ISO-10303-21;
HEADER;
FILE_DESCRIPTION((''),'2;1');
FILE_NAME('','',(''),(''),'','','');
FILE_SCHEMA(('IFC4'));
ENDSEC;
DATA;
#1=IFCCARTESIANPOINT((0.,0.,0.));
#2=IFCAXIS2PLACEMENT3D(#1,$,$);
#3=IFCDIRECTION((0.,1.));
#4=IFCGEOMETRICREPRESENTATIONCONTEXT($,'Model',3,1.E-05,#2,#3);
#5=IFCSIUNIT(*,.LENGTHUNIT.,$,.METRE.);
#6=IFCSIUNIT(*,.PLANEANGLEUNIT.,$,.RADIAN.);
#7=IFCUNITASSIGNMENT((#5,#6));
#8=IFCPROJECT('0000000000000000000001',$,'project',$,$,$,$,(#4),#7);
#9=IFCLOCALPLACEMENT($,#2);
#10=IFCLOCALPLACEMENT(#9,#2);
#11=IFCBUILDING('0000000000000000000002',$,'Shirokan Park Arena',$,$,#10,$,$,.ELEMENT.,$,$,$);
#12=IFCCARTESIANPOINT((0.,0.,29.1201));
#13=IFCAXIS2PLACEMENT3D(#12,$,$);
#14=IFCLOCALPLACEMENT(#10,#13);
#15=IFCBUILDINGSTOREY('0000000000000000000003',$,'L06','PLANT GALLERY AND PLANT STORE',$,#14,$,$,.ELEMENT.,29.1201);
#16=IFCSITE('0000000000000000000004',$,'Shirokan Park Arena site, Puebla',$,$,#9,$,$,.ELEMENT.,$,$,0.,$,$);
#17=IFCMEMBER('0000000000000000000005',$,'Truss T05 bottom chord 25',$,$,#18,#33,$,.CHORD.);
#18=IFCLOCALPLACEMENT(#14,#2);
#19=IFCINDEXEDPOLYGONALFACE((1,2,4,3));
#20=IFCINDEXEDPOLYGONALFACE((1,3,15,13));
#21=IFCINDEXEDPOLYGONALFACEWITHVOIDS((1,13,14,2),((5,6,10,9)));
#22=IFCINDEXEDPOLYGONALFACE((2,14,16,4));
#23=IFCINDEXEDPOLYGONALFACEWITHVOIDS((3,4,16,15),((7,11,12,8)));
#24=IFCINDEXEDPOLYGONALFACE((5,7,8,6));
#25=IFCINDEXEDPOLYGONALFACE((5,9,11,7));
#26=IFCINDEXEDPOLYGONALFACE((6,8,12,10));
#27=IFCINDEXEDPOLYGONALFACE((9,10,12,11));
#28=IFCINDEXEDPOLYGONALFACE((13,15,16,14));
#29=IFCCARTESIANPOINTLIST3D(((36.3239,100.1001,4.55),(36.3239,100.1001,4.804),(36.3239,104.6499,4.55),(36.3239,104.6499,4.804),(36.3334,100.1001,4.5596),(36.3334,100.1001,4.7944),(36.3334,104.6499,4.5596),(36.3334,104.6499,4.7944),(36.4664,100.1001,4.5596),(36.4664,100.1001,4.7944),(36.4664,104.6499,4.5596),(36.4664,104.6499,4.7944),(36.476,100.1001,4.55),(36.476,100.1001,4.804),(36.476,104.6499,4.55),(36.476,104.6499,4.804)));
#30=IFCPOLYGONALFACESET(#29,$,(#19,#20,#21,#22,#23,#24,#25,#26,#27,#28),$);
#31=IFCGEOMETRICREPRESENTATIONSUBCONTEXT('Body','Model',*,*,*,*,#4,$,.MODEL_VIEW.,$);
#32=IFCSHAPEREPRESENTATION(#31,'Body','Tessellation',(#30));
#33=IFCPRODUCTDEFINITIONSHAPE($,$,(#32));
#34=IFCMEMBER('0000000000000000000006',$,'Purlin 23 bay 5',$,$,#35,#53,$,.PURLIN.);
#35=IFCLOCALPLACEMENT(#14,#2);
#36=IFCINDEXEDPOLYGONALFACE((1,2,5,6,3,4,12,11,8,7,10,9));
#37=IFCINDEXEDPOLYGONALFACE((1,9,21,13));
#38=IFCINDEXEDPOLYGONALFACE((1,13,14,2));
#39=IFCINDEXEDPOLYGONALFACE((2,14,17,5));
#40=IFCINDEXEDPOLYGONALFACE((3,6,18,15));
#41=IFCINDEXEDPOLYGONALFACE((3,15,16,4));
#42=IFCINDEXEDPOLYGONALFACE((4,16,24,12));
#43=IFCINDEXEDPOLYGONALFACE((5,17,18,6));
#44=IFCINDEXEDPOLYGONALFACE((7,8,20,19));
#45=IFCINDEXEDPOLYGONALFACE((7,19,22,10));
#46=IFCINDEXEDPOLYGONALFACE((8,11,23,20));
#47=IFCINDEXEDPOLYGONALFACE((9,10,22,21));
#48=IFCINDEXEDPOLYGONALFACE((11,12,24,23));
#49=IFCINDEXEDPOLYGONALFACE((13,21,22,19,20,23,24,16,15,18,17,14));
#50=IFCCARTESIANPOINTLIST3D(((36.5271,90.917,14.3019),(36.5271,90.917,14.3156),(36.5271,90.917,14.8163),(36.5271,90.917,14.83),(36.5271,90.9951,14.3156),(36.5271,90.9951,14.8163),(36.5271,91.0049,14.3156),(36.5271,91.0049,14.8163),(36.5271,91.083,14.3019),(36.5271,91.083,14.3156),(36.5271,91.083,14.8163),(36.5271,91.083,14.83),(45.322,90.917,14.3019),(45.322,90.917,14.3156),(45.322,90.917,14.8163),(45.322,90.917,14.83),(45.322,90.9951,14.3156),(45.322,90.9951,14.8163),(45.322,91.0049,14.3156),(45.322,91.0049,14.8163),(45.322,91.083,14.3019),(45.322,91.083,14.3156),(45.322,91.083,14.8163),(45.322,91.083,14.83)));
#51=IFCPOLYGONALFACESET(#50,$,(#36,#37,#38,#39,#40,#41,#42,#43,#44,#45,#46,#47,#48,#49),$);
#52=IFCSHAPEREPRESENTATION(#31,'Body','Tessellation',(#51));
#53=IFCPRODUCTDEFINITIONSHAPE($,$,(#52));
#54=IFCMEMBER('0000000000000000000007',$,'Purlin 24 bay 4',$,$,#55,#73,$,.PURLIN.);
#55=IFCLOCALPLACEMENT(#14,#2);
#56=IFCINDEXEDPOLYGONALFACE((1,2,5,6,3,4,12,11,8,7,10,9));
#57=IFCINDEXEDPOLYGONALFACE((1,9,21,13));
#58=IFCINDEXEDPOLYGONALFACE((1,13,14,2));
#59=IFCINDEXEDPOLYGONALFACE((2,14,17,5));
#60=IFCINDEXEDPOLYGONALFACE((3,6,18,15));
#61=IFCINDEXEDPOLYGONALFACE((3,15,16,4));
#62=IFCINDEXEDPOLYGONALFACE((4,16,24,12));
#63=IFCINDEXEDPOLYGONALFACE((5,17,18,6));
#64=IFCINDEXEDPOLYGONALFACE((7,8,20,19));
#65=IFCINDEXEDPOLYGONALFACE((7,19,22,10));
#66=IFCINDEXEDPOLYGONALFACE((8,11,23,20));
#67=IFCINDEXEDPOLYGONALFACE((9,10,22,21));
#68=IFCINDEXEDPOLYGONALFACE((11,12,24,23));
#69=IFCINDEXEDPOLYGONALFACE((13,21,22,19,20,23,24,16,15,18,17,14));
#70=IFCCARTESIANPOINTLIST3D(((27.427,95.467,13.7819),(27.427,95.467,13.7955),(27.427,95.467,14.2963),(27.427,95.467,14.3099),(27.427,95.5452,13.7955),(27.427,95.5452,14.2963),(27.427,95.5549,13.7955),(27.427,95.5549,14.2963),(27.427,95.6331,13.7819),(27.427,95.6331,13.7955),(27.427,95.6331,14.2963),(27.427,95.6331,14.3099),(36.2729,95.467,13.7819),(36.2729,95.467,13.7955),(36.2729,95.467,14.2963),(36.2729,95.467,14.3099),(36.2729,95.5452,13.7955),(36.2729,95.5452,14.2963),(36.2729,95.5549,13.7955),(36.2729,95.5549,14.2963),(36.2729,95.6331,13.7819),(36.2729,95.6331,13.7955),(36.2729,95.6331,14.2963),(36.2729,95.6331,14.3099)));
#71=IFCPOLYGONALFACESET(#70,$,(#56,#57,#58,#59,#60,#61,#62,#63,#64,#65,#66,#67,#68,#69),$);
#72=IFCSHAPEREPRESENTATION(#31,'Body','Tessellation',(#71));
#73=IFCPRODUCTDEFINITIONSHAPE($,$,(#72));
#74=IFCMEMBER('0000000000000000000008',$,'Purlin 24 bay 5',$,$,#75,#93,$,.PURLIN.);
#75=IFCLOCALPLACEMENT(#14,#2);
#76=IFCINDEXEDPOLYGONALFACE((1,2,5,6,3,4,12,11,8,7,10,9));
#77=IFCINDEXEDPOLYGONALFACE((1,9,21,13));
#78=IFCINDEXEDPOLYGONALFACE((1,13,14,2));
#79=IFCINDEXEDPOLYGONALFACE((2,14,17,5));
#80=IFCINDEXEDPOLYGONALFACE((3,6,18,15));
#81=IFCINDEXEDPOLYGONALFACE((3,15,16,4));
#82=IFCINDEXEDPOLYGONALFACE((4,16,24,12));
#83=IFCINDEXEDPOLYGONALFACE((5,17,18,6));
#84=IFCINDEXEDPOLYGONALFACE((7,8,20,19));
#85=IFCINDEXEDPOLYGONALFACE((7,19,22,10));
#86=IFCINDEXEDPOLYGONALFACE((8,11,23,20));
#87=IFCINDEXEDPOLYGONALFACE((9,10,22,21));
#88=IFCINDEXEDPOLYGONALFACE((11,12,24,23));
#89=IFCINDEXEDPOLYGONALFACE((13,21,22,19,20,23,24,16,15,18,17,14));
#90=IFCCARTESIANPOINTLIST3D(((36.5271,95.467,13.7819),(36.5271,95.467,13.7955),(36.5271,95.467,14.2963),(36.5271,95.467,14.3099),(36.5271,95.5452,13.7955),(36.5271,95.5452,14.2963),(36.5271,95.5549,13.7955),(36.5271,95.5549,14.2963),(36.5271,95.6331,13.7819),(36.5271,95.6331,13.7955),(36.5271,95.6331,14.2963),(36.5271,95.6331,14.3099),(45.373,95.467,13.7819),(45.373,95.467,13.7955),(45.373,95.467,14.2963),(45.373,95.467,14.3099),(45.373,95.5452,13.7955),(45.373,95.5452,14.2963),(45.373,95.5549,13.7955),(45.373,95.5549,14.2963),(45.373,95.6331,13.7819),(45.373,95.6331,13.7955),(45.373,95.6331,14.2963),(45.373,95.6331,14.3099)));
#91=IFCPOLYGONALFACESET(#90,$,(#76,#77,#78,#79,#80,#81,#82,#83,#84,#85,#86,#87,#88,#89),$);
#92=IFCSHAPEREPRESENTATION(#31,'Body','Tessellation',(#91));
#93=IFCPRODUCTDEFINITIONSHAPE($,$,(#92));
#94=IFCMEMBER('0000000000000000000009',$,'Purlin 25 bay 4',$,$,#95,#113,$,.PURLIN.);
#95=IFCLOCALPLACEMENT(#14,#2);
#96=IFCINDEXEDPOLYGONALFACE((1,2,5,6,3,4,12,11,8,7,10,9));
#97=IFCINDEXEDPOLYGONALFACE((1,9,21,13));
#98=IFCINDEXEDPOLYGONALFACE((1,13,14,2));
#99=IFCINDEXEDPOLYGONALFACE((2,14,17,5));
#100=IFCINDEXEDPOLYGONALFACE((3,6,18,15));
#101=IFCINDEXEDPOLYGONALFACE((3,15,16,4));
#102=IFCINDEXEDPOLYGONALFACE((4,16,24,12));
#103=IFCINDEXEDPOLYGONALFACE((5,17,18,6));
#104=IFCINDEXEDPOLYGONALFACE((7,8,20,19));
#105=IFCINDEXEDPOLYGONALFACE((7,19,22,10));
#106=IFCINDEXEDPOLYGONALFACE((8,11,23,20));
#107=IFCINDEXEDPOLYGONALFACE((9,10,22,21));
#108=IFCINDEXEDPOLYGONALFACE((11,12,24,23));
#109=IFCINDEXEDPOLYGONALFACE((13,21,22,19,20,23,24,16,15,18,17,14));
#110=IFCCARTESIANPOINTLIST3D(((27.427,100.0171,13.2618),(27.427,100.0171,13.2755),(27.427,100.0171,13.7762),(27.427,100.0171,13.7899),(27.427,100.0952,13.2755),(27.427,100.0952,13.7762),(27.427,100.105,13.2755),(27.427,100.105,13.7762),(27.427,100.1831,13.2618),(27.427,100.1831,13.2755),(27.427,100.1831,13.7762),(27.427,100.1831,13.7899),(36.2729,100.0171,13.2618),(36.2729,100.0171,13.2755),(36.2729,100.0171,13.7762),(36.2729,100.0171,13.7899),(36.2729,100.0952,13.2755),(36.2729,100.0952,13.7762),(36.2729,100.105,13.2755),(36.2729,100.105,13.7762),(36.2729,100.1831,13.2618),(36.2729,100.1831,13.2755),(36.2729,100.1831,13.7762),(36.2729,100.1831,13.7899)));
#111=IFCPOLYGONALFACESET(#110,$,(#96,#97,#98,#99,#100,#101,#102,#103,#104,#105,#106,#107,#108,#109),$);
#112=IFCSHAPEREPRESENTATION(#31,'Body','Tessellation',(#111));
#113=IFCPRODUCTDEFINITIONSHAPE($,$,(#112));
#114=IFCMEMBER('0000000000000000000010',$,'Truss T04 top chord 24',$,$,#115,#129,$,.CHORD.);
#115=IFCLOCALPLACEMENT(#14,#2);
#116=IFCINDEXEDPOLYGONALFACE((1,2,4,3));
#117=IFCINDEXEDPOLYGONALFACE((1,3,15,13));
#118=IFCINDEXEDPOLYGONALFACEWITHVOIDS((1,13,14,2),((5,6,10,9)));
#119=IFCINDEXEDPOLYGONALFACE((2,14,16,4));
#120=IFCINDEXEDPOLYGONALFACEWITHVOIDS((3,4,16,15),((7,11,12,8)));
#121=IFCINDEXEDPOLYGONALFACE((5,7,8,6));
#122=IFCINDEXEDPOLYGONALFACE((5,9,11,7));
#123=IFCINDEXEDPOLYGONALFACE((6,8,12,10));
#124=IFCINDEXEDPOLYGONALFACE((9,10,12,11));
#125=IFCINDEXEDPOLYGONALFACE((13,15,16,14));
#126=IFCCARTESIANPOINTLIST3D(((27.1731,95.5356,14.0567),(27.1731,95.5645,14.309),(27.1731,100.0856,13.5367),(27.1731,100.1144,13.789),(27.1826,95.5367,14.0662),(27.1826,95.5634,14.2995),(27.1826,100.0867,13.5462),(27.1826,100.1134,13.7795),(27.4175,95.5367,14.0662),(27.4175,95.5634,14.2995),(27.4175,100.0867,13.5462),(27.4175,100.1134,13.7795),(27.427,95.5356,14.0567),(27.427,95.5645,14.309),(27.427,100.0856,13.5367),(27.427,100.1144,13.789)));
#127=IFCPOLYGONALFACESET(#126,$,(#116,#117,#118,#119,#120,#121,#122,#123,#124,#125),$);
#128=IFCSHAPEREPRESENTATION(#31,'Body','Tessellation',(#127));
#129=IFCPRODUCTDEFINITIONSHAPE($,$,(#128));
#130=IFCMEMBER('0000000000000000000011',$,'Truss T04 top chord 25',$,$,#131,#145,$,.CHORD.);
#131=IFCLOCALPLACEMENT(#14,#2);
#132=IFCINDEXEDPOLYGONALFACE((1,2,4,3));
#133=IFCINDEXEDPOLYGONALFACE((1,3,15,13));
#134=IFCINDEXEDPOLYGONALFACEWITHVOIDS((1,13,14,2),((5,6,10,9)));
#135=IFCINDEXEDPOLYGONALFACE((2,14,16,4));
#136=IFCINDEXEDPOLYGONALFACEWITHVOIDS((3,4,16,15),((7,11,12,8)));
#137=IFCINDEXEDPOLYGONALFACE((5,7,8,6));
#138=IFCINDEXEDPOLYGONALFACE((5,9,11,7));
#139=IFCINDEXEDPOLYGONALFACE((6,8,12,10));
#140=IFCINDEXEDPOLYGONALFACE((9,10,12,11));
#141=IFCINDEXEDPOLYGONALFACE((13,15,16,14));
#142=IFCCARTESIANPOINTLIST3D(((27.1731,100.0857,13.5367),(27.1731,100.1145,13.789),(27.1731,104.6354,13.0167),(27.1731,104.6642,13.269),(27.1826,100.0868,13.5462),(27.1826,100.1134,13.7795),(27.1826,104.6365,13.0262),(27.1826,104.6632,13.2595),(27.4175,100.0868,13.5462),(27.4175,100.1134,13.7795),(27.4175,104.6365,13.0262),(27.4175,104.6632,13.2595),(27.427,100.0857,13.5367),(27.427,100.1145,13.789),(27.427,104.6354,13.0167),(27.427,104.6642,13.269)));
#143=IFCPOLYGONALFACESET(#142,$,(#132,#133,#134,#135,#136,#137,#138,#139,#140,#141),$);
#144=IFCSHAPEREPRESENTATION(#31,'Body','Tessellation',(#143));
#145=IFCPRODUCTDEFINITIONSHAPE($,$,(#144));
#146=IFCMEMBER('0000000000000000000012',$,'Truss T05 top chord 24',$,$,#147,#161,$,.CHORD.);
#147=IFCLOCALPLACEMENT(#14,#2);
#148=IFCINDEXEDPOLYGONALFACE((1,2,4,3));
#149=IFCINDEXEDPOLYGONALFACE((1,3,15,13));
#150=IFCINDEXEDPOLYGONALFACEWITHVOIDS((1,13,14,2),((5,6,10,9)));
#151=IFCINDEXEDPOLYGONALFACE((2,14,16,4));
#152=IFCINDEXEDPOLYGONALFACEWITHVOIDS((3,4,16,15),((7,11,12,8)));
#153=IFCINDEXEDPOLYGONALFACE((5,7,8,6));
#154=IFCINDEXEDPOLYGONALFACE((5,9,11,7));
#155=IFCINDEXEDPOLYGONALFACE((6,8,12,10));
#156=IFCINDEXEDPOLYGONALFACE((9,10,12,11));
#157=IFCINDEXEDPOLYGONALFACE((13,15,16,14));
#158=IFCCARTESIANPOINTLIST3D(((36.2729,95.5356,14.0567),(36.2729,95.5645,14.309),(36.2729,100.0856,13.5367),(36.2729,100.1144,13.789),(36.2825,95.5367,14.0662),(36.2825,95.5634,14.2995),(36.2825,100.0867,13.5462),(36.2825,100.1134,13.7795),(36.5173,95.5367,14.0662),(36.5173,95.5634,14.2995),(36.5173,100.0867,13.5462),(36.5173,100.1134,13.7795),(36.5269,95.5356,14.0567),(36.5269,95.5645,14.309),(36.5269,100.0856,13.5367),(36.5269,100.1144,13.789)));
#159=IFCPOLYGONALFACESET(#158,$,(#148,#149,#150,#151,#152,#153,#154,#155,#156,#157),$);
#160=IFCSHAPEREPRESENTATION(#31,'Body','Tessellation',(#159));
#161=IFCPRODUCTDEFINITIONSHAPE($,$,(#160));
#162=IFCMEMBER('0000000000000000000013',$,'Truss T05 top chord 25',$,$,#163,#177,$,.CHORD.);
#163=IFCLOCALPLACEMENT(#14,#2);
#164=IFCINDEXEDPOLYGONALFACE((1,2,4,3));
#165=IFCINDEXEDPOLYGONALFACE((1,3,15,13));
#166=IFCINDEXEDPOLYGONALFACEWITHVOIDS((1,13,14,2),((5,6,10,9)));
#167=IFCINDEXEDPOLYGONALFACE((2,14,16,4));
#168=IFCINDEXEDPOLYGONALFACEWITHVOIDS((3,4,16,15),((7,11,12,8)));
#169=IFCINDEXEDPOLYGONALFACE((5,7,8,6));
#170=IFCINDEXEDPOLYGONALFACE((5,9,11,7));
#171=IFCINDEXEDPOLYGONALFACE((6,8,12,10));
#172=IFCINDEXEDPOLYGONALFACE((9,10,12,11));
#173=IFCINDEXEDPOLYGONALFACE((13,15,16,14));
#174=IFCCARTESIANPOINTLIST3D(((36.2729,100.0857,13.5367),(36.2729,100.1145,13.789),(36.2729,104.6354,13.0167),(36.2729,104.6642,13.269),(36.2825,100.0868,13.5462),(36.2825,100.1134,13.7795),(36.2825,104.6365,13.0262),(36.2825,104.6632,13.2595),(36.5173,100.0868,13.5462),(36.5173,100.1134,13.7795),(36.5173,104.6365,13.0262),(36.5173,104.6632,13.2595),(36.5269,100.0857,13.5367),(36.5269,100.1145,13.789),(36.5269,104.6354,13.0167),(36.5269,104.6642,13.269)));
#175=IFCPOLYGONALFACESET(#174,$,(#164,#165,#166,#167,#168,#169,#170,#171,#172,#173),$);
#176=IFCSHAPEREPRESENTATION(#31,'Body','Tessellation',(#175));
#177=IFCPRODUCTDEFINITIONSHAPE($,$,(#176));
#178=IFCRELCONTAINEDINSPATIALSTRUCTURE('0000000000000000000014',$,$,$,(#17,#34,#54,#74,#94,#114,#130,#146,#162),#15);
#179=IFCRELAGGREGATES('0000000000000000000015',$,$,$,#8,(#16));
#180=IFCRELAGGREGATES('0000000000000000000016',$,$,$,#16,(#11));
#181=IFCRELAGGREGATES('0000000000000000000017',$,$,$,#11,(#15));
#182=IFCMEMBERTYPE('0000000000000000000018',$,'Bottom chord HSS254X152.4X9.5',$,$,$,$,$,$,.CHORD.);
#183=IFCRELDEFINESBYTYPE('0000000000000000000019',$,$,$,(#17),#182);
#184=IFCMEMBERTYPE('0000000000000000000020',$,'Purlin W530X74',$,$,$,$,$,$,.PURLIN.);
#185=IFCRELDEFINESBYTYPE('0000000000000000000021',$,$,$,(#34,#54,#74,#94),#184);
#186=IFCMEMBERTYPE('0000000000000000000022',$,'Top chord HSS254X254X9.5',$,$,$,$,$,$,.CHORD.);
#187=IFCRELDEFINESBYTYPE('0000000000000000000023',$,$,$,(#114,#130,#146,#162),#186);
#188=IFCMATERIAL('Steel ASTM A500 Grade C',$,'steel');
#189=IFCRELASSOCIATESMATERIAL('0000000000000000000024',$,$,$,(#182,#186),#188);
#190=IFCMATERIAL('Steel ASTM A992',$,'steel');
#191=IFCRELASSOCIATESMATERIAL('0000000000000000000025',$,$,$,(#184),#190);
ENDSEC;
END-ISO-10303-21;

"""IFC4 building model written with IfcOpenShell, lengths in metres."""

from ifc_helpers import new_model, si_unit, direction, frame, origin, origin_2d, place, context, subcontext, project, spatial, hollow_rectangle, i_section, extrude, material, material_profile, profile_set, type_object, element, save


model = new_model("IFC4")

# Units and contexts
model_context = context("Model", 3, precision=1e-05, world=origin(), true_north=direction((0.0, 1.0)))
body_context = subcontext(model_context, "Body", "Model", "MODEL_VIEW")
ifc_project = project(units=[si_unit("LENGTHUNIT", "METRE"), si_unit("PLANEANGLEUNIT", "RADIAN")], contexts=[model_context])

# Site, building, storey
site_placement = place(None, origin())
site = spatial("IfcSite", under=ifc_project, at=site_placement, Name="Shirokan Park Arena site, Puebla", CompositionType="ELEMENT", RefElevation=0.0)
building_placement = place(site_placement, origin())
building = spatial("IfcBuilding", under=site, at=building_placement, Name="Shirokan Park Arena", CompositionType="ELEMENT")
storey_placement = place(building_placement, frame((0.0, 0.0, 29.1201)))
storey = spatial("IfcBuildingStorey", under=building, at=storey_placement, Name="L06", Description="PLANT GALLERY AND PLANT STORE", CompositionType="ELEMENT", Elevation=29.1201)

# Members
ifc_material_1 = material(Name="Steel ASTM A500 Grade C", Category="steel")
ifc_material_profile_1 = material_profile(ifc_material_1, hollow_rectangle(XDim=0.1521, YDim=0.2539, WallThickness=0.0095, at=origin_2d()), Name="HSS254X152.4X9.5")
ifc_profile_set_1 = profile_set([ifc_material_profile_1], Name="Steel ASTM A500 Grade C")
member_type_1 = type_object("IfcMemberType", Name="Bottom chord HSS254X152.4X9.5", PredefinedType="CHORD", material=ifc_profile_set_1)
member_1_placement = place(storey_placement, frame((36.3999, 100.1001, 4.677), z_axis=(0.0, 1.0, 0.0), x_axis=(-1.0, 0.0, 0.0)))
element("IfcMember", 1, at=member_1_placement, inside=storey, type_object=member_type_1, Name="Truss T05 bottom chord 25", PredefinedType="CHORD", context=body_context, shape_type="SweptSolid", body=[
    extrude(hollow_rectangle(XDim=0.1521, YDim=0.2539, WallThickness=0.0095, at=origin_2d()), origin(), (0.0, 0.0, 1.0), 4.5498),
])
ifc_material_2 = material(Name="Steel ASTM A992", Category="steel")
ifc_material_profile_2 = material_profile(ifc_material_2, i_section(OverallWidth=0.166, OverallDepth=0.5281, WebThickness=0.0098, FlangeThickness=0.0137, at=origin_2d()), Name="W530X74")
ifc_profile_set_2 = profile_set([ifc_material_profile_2], Name="Steel ASTM A992")
member_type_2 = type_object("IfcMemberType", Name="Purlin W530X74", PredefinedType="PURLIN", material=ifc_profile_set_2)
member_2_placement = place(storey_placement, frame((36.5271, 91.0, 14.5659), z_axis=(1.0, 0.0, 0.0), x_axis=(0.0, 1.0, 0.0)))
element("IfcMember", 2, at=member_2_placement, inside=storey, type_object=member_type_2, Name="Purlin 23 bay 5", PredefinedType="PURLIN", context=body_context, shape_type="SweptSolid", body=[
    extrude(i_section(OverallWidth=0.166, OverallDepth=0.5281, WebThickness=0.0098, FlangeThickness=0.0137, at=origin_2d()), origin(), (0.0, 0.0, 1.0), 8.7949),
])
for number, where, z_axis, x_axis, name in (
    (3, (27.427, 95.55, 14.0459), (1.0, 0.0, 0.0), (0.0, 1.0, 0.0), "Purlin 24 bay 4"),
    (4, (36.5271, 95.55, 14.0459), (1.0, 0.0, 0.0), (0.0, 1.0, 0.0), "Purlin 24 bay 5"),
    (5, (27.427, 100.1001, 13.5259), (1.0, 0.0, 0.0), (0.0, 1.0, 0.0), "Purlin 25 bay 4"),
):
    element("IfcMember", number, at=place(storey_placement, frame(where, z_axis=z_axis, x_axis=x_axis)), inside=storey, type_object=member_type_2, Name=name, PredefinedType="PURLIN", context=body_context, shape_type="SweptSolid", body=[
        extrude(i_section(OverallWidth=0.166, OverallDepth=0.5281, WebThickness=0.0098, FlangeThickness=0.0137, at=origin_2d()), origin(), (0.0, 0.0, 1.0), 8.8459),
    ])
ifc_material_profile_3 = material_profile(ifc_material_1, hollow_rectangle(XDim=0.2539, YDim=0.2539, WallThickness=0.0095, at=origin_2d()), Name="HSS254X254X9.5")
ifc_profile_set_3 = profile_set([ifc_material_profile_3], Name="Steel ASTM A500 Grade C")
member_type_3 = type_object("IfcMemberType", Name="Top chord HSS254X254X9.5", PredefinedType="CHORD", material=ifc_profile_set_3)
member_3_placement = place(storey_placement, frame((27.3, 95.55, 14.1829), z_axis=(0.0, 0.993532, -0.11355), x_axis=(-1.0, 0.0, 0.0)))
element("IfcMember", 6, at=member_3_placement, inside=storey, type_object=member_type_3, Name="Truss T04 top chord 24", PredefinedType="CHORD", context=body_context, shape_type="SweptSolid", body=[
    extrude(hollow_rectangle(XDim=0.2539, YDim=0.2539, WallThickness=0.0095, at=origin_2d()), origin(), (0.0, 0.0, 1.0), 4.5796),
])
member_4_placement = place(storey_placement, frame((27.3, 100.1001, 13.6628), z_axis=(0.0, 0.993532, -0.113556), x_axis=(-1.0, 0.0, 0.0)))
element("IfcMember", 7, at=member_4_placement, inside=storey, type_object=member_type_3, Name="Truss T04 top chord 25", PredefinedType="CHORD", context=body_context, shape_type="SweptSolid", body=[
    extrude(hollow_rectangle(XDim=0.2539, YDim=0.2539, WallThickness=0.0095, at=origin_2d()), origin(), (0.0, 0.0, 1.0), 4.5793),
])
member_5_placement = place(storey_placement, frame((36.3999, 95.55, 14.1829), z_axis=(0.0, 0.993532, -0.11355), x_axis=(-1.0, 0.0, 0.0)))
element("IfcMember", 8, at=member_5_placement, inside=storey, type_object=member_type_3, Name="Truss T05 top chord 24", PredefinedType="CHORD", context=body_context, shape_type="SweptSolid", body=[
    extrude(hollow_rectangle(XDim=0.2539, YDim=0.2539, WallThickness=0.0095, at=origin_2d()), origin(), (0.0, 0.0, 1.0), 4.5796),
])
member_6_placement = place(storey_placement, frame((36.3999, 100.1001, 13.6628), z_axis=(0.0, 0.993532, -0.113556), x_axis=(-1.0, 0.0, 0.0)))
element("IfcMember", 9, at=member_6_placement, inside=storey, type_object=member_type_3, Name="Truss T05 top chord 25", PredefinedType="CHORD", context=body_context, shape_type="SweptSolid", body=[
    extrude(hollow_rectangle(XDim=0.2539, YDim=0.2539, WallThickness=0.0095, at=origin_2d()), origin(), (0.0, 0.0, 1.0), 4.5793),
])

save(model, "model.ifc")
